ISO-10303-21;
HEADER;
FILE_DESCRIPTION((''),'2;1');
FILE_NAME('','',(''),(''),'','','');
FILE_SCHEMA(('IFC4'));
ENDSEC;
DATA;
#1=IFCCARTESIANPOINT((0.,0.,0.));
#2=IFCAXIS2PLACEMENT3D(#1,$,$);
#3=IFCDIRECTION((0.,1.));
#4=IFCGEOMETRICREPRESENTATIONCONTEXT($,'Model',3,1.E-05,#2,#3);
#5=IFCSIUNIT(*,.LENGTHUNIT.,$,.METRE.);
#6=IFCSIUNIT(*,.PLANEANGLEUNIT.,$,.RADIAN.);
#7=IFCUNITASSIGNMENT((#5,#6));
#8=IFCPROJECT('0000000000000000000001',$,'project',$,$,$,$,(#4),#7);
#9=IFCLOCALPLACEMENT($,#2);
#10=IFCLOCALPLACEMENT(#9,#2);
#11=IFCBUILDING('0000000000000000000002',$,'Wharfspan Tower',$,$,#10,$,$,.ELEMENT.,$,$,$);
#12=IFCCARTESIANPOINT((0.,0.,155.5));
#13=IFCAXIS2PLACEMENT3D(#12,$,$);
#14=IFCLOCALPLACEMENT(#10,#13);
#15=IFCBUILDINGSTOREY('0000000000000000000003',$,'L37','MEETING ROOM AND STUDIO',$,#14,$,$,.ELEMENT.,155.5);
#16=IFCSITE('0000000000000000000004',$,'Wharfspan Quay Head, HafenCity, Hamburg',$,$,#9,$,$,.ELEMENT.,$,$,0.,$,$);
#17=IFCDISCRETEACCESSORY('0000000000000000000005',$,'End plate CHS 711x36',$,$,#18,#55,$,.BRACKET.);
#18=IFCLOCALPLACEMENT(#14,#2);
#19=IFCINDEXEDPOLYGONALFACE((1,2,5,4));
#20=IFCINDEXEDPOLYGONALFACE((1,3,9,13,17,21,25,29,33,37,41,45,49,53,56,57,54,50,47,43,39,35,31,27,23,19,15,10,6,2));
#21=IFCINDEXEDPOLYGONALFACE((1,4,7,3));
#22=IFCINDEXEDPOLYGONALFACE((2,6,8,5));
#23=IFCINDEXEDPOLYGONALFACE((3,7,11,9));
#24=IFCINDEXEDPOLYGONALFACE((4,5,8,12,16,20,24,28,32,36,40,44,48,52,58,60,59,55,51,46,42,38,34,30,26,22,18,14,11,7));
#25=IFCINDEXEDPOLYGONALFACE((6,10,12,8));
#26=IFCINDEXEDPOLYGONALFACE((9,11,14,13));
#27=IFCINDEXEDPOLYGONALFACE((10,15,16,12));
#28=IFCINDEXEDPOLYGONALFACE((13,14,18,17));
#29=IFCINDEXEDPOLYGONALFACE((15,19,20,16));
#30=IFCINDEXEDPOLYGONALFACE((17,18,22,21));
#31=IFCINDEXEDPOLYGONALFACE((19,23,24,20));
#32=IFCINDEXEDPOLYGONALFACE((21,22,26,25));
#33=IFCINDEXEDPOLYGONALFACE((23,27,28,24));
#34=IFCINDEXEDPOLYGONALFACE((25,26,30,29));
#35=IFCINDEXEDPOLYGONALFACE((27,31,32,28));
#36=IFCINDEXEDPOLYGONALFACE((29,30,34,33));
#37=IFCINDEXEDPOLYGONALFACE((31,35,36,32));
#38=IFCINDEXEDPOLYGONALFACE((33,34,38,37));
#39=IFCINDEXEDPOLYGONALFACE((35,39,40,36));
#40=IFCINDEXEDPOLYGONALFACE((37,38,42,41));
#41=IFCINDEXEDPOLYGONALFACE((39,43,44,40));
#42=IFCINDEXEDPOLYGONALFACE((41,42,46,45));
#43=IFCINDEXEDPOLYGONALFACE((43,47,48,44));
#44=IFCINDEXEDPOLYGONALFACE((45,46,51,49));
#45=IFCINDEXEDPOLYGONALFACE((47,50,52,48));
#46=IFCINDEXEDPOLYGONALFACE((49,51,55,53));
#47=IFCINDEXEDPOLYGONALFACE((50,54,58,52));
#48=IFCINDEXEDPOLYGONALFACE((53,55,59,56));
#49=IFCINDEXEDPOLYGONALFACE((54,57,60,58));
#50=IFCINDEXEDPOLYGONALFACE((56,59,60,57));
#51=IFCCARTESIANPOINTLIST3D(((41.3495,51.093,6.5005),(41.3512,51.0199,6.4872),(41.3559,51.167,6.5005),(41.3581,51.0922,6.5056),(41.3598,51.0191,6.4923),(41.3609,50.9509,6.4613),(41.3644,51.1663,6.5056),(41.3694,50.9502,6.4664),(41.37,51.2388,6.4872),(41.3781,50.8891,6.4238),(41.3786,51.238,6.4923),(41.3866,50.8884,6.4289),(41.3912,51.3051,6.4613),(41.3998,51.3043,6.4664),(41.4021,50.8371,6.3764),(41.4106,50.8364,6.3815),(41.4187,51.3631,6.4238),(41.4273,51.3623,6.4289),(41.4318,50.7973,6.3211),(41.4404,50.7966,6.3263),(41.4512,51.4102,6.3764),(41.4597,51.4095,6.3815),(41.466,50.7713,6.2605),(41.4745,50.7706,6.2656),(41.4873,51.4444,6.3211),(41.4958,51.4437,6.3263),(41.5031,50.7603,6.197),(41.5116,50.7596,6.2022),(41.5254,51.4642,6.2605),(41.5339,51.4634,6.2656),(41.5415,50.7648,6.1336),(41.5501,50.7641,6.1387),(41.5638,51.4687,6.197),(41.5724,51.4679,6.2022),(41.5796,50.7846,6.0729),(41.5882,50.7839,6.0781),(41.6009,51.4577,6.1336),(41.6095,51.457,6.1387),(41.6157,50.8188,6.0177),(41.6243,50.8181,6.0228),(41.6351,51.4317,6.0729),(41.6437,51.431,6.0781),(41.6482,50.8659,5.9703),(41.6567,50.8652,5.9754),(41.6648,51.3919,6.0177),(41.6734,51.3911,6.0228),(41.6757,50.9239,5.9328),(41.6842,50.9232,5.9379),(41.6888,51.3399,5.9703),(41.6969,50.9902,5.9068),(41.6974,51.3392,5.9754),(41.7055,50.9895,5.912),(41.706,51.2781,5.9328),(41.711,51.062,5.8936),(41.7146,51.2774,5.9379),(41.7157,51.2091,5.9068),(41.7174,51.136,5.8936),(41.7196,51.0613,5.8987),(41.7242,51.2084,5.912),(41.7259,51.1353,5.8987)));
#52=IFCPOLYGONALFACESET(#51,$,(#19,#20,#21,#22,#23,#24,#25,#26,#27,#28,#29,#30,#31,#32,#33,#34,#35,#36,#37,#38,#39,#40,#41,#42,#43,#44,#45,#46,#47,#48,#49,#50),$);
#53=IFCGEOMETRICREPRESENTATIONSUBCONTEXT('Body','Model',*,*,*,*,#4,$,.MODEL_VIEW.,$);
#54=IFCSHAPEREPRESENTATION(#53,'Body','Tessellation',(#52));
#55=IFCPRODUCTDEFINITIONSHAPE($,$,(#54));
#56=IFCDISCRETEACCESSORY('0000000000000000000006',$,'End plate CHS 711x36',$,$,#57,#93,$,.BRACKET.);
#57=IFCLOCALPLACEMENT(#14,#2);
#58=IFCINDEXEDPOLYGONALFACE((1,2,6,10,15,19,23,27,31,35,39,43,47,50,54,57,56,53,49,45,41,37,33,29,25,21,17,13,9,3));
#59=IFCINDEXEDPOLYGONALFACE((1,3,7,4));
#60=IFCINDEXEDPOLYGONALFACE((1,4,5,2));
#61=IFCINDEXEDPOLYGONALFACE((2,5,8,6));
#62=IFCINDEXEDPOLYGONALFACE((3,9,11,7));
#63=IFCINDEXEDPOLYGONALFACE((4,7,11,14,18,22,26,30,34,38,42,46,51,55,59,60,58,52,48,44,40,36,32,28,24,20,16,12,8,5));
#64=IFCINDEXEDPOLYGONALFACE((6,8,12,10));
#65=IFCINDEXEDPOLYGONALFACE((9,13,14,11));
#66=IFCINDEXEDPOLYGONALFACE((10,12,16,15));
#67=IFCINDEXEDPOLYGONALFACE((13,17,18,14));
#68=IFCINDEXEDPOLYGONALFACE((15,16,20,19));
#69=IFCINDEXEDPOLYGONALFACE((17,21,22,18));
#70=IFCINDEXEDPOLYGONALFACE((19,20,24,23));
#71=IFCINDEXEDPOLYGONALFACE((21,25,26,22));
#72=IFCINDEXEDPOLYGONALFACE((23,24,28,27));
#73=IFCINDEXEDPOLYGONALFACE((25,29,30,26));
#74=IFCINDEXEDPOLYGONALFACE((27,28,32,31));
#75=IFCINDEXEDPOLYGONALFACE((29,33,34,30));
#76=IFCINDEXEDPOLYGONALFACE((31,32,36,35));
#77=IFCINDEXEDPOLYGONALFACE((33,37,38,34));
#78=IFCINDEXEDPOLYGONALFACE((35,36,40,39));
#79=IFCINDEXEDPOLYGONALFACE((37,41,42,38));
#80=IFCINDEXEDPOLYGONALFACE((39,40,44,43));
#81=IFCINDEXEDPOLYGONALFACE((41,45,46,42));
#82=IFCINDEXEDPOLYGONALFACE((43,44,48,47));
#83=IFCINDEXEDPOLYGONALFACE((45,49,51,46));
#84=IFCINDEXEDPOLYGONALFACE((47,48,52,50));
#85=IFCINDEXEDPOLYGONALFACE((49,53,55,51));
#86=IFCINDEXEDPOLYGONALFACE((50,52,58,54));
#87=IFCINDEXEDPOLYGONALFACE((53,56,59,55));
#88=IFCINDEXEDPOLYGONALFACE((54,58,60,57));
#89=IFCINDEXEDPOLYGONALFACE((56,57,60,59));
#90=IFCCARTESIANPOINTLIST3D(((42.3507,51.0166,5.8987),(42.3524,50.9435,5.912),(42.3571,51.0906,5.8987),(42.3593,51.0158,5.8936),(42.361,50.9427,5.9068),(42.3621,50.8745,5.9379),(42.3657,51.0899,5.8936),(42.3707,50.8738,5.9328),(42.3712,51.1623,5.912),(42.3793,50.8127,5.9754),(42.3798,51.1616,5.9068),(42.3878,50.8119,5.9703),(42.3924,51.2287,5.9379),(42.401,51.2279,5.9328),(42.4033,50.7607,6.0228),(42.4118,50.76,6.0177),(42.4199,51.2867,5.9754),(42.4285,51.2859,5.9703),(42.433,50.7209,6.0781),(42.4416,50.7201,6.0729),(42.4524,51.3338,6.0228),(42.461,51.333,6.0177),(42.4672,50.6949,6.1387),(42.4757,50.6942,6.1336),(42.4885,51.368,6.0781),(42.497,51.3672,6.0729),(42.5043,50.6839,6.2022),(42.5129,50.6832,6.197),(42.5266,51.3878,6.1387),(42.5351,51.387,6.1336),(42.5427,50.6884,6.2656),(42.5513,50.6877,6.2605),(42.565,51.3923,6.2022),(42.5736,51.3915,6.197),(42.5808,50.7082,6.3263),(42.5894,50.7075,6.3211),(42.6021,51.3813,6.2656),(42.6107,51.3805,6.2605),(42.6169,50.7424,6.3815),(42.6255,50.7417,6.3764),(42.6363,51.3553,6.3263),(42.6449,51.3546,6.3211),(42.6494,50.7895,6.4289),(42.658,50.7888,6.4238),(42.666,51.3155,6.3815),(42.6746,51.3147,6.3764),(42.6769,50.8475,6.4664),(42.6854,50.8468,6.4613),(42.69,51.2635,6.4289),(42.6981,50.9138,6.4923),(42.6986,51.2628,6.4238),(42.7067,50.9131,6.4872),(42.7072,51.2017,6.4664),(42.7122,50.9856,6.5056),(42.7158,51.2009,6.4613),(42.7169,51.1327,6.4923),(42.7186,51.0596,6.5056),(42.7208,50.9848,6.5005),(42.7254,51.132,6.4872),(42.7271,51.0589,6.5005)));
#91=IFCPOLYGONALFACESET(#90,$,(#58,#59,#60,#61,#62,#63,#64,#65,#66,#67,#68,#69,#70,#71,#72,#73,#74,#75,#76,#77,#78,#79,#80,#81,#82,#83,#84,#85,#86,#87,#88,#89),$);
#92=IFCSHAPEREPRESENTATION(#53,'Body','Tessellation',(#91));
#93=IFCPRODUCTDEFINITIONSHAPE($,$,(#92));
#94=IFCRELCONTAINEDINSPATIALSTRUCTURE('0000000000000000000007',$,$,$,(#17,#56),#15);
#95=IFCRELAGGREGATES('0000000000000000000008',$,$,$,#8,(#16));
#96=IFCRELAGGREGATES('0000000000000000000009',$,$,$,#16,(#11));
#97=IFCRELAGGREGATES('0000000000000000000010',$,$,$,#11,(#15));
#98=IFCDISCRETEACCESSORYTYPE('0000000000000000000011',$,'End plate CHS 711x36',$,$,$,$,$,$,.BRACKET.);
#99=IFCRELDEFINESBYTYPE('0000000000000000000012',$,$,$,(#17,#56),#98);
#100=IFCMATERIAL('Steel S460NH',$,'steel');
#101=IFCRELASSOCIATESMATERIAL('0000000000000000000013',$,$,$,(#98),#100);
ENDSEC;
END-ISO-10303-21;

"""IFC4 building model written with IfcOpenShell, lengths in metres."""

from ifc_helpers import new_model, si_unit, direction, frame, origin, origin_2d, place, context, subcontext, project, spatial, circle, extrude, material, material_profile, profile_set, type_object, element, save


model = new_model("IFC4")

# Units and contexts
model_context = context("Model", 3, precision=1e-05, world=origin(), true_north=direction((0.0, 1.0)))
body_context = subcontext(model_context, "Body", "Model", "MODEL_VIEW")
ifc_project = project(units=[si_unit("LENGTHUNIT", "METRE"), si_unit("PLANEANGLEUNIT", "RADIAN")], contexts=[model_context])

# Site, building, storey
site_placement = place(None, origin())
site = spatial("IfcSite", under=ifc_project, at=site_placement, Name="Wharfspan Quay Head, HafenCity, Hamburg", CompositionType="ELEMENT", RefElevation=0.0)
building_placement = place(site_placement, origin())
building = spatial("IfcBuilding", under=site, at=building_placement, Name="Wharfspan Tower", CompositionType="ELEMENT")
storey_placement = place(building_placement, frame((0.0, 0.0, 155.5)))
storey = spatial("IfcBuildingStorey", under=building, at=storey_placement, Name="L37", Description="MEETING ROOM AND STUDIO", CompositionType="ELEMENT", Elevation=155.5)

# Shared definitions
ifc_material_1 = material(Name="Steel S460NH", Category="steel")

# Discrete accessories
ifc_material_profile_1 = material_profile(ifc_material_1, circle(Radius=0.3555, at=origin_2d()))
ifc_profile_set_1 = profile_set([ifc_material_profile_1], Name="Steel S460NH")
discrete_accessory_type = type_object("IfcDiscreteAccessoryType", Name="End plate CHS 711x36", PredefinedType="BRACKET", material=ifc_profile_set_1)
for number, where, z_axis, x_axis, name in (
    (1, (41.5334, 51.1145, 6.197), (0.855186, -0.073302, 0.513112), (0.085402, 0.996345, -0.000001), "End plate CHS 711x36"),
    (2, (42.5432, 51.0374, 6.197), (-0.855186, 0.073302, 0.513112), (-0.085402, -0.996345, -0.000001), "End plate CHS 711x36"),
):
    element("IfcDiscreteAccessory", number, at=place(storey_placement, frame(where, z_axis=z_axis, x_axis=x_axis)), inside=storey, type_object=discrete_accessory_type, Name=name, PredefinedType="BRACKET", context=body_context, shape_type="SweptSolid", body=[
        extrude(circle(Radius=0.3555, at=origin_2d()), origin(), (0.0, 0.0, 1.0), 0.01),
    ])

save(model, "model.ifc")
